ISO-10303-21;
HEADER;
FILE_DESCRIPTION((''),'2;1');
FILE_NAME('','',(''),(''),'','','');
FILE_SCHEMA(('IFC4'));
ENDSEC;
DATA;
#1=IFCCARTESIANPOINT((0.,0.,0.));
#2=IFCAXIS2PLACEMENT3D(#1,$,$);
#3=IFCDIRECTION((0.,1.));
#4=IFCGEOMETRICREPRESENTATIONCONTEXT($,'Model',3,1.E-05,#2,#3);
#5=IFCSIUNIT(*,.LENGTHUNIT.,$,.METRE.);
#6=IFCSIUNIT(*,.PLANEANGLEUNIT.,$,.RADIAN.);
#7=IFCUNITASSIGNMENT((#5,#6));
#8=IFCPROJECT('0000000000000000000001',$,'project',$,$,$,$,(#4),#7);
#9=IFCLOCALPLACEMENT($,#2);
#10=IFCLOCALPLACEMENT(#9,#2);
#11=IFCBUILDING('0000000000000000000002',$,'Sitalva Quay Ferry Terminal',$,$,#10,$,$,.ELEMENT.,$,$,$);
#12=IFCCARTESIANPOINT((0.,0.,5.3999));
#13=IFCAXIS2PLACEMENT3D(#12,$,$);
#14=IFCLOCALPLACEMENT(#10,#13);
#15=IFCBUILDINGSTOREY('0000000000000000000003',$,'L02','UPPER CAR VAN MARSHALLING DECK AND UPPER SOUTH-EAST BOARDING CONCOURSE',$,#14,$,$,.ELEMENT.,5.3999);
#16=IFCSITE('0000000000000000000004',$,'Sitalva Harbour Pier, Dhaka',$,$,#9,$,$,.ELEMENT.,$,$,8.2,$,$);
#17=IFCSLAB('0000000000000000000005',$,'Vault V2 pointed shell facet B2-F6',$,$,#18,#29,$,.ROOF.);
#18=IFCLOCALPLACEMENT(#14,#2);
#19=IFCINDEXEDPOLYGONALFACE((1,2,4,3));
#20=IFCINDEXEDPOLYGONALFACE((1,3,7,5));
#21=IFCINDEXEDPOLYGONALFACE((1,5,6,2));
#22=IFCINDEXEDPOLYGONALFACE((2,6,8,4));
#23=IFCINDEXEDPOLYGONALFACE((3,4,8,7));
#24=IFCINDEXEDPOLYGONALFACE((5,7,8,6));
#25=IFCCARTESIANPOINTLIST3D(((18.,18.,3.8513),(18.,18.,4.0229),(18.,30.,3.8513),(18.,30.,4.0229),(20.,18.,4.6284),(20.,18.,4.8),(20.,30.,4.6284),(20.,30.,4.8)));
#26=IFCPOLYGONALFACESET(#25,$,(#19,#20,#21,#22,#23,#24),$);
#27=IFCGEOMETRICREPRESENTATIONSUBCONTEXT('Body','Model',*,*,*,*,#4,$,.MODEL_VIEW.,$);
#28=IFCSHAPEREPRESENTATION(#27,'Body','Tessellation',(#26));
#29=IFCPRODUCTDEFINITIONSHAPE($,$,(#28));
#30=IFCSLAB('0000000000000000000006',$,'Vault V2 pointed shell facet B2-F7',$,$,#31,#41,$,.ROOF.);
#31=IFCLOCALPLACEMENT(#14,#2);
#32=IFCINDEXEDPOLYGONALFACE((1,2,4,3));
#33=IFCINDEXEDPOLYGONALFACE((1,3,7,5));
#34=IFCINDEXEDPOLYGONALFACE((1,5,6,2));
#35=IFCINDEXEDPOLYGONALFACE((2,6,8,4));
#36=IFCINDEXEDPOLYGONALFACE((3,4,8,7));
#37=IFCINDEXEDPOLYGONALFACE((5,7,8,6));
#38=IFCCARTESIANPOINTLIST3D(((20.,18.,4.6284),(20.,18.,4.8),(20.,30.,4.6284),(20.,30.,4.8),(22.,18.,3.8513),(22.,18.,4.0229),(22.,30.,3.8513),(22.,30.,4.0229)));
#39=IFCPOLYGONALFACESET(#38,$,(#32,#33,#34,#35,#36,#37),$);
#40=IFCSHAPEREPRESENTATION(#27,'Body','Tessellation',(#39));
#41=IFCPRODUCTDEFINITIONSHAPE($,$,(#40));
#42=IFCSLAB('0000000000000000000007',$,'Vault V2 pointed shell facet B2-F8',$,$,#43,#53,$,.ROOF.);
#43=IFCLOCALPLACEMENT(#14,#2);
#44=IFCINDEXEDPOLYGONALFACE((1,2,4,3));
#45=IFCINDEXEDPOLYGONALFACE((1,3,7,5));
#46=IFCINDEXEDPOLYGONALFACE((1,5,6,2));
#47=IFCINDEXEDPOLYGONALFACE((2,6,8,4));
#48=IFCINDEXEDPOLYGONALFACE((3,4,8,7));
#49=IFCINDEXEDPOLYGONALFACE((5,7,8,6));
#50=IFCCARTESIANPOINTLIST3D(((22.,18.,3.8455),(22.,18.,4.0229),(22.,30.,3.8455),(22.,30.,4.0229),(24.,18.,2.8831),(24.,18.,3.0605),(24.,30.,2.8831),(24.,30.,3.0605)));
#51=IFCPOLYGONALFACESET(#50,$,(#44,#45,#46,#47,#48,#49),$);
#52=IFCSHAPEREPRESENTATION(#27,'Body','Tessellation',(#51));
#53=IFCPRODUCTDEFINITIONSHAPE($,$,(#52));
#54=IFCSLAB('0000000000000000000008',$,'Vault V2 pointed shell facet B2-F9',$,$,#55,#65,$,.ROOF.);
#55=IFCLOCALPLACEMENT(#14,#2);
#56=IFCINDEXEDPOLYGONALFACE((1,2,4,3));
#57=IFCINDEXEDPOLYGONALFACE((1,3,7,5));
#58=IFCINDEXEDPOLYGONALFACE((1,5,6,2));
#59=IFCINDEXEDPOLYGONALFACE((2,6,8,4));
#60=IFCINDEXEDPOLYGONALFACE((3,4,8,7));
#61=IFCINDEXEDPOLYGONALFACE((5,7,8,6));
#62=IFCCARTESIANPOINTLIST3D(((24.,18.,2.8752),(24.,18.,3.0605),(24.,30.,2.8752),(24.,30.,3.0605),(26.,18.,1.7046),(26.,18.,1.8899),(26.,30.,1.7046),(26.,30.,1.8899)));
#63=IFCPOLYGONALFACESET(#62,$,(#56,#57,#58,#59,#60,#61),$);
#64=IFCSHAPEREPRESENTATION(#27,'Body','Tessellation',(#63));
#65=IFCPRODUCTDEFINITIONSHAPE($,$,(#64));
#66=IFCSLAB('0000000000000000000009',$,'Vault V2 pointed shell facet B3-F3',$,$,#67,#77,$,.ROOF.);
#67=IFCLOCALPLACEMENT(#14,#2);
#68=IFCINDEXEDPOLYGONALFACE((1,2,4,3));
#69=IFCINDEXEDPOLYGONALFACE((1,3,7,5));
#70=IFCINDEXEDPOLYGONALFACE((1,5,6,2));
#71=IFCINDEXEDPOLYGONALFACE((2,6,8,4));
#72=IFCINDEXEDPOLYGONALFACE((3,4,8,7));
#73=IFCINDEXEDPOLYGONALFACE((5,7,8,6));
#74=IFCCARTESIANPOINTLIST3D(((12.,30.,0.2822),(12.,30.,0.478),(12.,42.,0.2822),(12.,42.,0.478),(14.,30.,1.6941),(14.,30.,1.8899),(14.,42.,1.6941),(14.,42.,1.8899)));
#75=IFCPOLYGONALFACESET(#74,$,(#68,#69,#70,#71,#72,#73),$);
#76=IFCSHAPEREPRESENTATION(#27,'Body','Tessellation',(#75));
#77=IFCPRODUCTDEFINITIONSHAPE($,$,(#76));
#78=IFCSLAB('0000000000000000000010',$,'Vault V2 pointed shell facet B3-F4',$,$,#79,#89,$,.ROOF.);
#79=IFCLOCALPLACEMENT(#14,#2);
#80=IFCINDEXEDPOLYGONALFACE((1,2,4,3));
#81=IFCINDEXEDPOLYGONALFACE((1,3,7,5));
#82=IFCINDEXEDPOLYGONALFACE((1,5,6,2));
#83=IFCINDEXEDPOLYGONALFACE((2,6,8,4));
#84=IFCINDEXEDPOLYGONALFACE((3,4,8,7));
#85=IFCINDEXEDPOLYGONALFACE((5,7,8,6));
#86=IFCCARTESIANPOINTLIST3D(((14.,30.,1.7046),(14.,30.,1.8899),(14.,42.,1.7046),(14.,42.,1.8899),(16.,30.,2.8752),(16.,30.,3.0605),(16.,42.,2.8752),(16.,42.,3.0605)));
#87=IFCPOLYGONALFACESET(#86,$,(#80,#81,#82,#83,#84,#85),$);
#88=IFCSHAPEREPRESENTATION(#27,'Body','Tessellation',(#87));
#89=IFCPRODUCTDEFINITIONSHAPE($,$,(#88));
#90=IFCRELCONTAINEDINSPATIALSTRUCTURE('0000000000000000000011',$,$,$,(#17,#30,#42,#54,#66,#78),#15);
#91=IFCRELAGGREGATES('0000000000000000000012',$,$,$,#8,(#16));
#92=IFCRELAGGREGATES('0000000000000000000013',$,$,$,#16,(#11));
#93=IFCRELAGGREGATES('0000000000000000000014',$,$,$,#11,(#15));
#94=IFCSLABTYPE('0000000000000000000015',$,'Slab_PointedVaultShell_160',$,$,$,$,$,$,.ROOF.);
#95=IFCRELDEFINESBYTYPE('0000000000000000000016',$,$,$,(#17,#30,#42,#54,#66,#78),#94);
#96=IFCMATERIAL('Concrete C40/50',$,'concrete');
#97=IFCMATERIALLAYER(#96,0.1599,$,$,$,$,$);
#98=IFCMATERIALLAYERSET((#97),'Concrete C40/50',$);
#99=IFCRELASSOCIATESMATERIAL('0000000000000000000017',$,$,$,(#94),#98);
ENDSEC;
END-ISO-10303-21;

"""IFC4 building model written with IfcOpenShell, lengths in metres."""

from ifc_helpers import new_model, si_unit, direction, frame, origin, place, context, subcontext, project, spatial, polyline, outline, extrude, material, layer, layer_set, type_object, element, save


model = new_model("IFC4")

# Units and contexts
model_context = context("Model", 3, precision=1e-05, world=origin(), true_north=direction((0.0, 1.0)))
body_context = subcontext(model_context, "Body", "Model", "MODEL_VIEW")
ifc_project = project(units=[si_unit("LENGTHUNIT", "METRE"), si_unit("PLANEANGLEUNIT", "RADIAN")], contexts=[model_context])

# Site, building, storey
site_placement = place(None, origin())
site = spatial("IfcSite", under=ifc_project, at=site_placement, Name="Sitalva Harbour Pier, Dhaka", CompositionType="ELEMENT", RefElevation=8.2)
building_placement = place(site_placement, origin())
building = spatial("IfcBuilding", under=site, at=building_placement, Name="Sitalva Quay Ferry Terminal", CompositionType="ELEMENT")
storey_placement = place(building_placement, frame((0.0, 0.0, 5.3999)))
storey = spatial("IfcBuildingStorey", under=building, at=storey_placement, Name="L02", Description="UPPER CAR VAN MARSHALLING DECK AND UPPER SOUTH-EAST BOARDING CONCOURSE", CompositionType="ELEMENT", Elevation=5.3999)

# Slabs
ifc_material_1 = material(Name="Concrete C40/50", Category="concrete")
ifc_layer_1 = layer(ifc_material_1, 0.1599)
ifc_layer_set_1 = layer_set([ifc_layer_1], Name="Concrete C40/50")
slab_type = type_object("IfcSlabType", Name="Slab_PointedVaultShell_160", PredefinedType="ROOF", material=ifc_layer_set_1)
slab_1_placement = place(storey_placement, frame((18.0, 18.0, 4.0229), z_axis=(-0.362172, 0.0, 0.932111), x_axis=(0.932111, 0.0, 0.362172)))
element("IfcSlab", 1, at=slab_1_placement, inside=storey, type_object=slab_type, Name="Vault V2 pointed shell facet B2-F6", PredefinedType="ROOF", context=body_context, shape_type="SweptSolid", body=[
    extrude(outline(polyline([(0.0, 0.0), (2.1457, 0.0), (2.1457, 12.0), (0.0, 12.0), (0.0, 0.0)])), origin(), (-0.362172, 0.0, -0.932111), 0.1716),
])
slab_2_placement = place(storey_placement, frame((20.0, 18.0, 4.8), z_axis=(0.362172, 0.0, 0.932111), x_axis=(0.932111, 0.0, -0.362172)))
element("IfcSlab", 2, at=slab_2_placement, inside=storey, type_object=slab_type, Name="Vault V2 pointed shell facet B2-F7", PredefinedType="ROOF", context=body_context, shape_type="SweptSolid", body=[
    extrude(outline(polyline([(0.0, 0.0), (2.1457, 0.0), (2.1457, 12.0), (0.0, 12.0), (0.0, 0.0)])), origin(), (0.362172, 0.0, -0.932111), 0.1716),
])
slab_3_placement = place(storey_placement, frame((22.0, 18.0, 4.0229), z_axis=(0.433611, 0.0, 0.9011), x_axis=(0.9011, 0.0, -0.433611)))
element("IfcSlab", 3, at=slab_3_placement, inside=storey, type_object=slab_type, Name="Vault V2 pointed shell facet B2-F8", PredefinedType="ROOF", context=body_context, shape_type="SweptSolid", body=[
    extrude(outline(polyline([(0.0, 0.0), (2.2195, 0.0), (2.2195, 12.0), (0.0, 12.0), (0.0, 0.0)])), origin(), (0.433611, 0.0, -0.9011), 0.1775),
])
slab_4_placement = place(storey_placement, frame((24.0, 18.0, 3.0605), z_axis=(0.505154, 0.0, 0.863029), x_axis=(0.863029, 0.0, -0.505154)))
element("IfcSlab", 4, at=slab_4_placement, inside=storey, type_object=slab_type, Name="Vault V2 pointed shell facet B2-F9", PredefinedType="ROOF", context=body_context, shape_type="SweptSolid", body=[
    extrude(outline(polyline([(0.0, 0.0), (2.3174, 0.0), (2.3174, 12.0), (0.0, 12.0), (0.0, 0.0)])), origin(), (0.505154, 0.0, -0.863029), 0.1853),
])
slab_5_placement = place(storey_placement, frame((12.0, 30.0, 0.478), z_axis=(-0.576711, 0.0, 0.816949), x_axis=(0.816949, 0.0, 0.576711)))
element("IfcSlab", 5, at=slab_5_placement, inside=storey, type_object=slab_type, Name="Vault V2 pointed shell facet B3-F3", PredefinedType="ROOF", context=body_context, shape_type="SweptSolid", body=[
    extrude(outline(polyline([(0.0, 0.0), (2.4481, 0.0), (2.4481, 12.0), (0.0, 12.0), (0.0, 0.0)])), origin(), (-0.576711, 0.0, -0.816949), 0.1958),
])
slab_6_placement = place(storey_placement, frame((14.0, 30.0, 1.8899), z_axis=(-0.505154, 0.0, 0.863029), x_axis=(0.863029, 0.0, 0.505154)))
element("IfcSlab", 6, at=slab_6_placement, inside=storey, type_object=slab_type, Name="Vault V2 pointed shell facet B3-F4", PredefinedType="ROOF", context=body_context, shape_type="SweptSolid", body=[
    extrude(outline(polyline([(0.0, 0.0), (2.3174, 0.0), (2.3174, 12.0), (0.0, 12.0), (0.0, 0.0)])), origin(), (-0.505154, 0.0, -0.863029), 0.1853),
])

save(model, "model.ifc")
